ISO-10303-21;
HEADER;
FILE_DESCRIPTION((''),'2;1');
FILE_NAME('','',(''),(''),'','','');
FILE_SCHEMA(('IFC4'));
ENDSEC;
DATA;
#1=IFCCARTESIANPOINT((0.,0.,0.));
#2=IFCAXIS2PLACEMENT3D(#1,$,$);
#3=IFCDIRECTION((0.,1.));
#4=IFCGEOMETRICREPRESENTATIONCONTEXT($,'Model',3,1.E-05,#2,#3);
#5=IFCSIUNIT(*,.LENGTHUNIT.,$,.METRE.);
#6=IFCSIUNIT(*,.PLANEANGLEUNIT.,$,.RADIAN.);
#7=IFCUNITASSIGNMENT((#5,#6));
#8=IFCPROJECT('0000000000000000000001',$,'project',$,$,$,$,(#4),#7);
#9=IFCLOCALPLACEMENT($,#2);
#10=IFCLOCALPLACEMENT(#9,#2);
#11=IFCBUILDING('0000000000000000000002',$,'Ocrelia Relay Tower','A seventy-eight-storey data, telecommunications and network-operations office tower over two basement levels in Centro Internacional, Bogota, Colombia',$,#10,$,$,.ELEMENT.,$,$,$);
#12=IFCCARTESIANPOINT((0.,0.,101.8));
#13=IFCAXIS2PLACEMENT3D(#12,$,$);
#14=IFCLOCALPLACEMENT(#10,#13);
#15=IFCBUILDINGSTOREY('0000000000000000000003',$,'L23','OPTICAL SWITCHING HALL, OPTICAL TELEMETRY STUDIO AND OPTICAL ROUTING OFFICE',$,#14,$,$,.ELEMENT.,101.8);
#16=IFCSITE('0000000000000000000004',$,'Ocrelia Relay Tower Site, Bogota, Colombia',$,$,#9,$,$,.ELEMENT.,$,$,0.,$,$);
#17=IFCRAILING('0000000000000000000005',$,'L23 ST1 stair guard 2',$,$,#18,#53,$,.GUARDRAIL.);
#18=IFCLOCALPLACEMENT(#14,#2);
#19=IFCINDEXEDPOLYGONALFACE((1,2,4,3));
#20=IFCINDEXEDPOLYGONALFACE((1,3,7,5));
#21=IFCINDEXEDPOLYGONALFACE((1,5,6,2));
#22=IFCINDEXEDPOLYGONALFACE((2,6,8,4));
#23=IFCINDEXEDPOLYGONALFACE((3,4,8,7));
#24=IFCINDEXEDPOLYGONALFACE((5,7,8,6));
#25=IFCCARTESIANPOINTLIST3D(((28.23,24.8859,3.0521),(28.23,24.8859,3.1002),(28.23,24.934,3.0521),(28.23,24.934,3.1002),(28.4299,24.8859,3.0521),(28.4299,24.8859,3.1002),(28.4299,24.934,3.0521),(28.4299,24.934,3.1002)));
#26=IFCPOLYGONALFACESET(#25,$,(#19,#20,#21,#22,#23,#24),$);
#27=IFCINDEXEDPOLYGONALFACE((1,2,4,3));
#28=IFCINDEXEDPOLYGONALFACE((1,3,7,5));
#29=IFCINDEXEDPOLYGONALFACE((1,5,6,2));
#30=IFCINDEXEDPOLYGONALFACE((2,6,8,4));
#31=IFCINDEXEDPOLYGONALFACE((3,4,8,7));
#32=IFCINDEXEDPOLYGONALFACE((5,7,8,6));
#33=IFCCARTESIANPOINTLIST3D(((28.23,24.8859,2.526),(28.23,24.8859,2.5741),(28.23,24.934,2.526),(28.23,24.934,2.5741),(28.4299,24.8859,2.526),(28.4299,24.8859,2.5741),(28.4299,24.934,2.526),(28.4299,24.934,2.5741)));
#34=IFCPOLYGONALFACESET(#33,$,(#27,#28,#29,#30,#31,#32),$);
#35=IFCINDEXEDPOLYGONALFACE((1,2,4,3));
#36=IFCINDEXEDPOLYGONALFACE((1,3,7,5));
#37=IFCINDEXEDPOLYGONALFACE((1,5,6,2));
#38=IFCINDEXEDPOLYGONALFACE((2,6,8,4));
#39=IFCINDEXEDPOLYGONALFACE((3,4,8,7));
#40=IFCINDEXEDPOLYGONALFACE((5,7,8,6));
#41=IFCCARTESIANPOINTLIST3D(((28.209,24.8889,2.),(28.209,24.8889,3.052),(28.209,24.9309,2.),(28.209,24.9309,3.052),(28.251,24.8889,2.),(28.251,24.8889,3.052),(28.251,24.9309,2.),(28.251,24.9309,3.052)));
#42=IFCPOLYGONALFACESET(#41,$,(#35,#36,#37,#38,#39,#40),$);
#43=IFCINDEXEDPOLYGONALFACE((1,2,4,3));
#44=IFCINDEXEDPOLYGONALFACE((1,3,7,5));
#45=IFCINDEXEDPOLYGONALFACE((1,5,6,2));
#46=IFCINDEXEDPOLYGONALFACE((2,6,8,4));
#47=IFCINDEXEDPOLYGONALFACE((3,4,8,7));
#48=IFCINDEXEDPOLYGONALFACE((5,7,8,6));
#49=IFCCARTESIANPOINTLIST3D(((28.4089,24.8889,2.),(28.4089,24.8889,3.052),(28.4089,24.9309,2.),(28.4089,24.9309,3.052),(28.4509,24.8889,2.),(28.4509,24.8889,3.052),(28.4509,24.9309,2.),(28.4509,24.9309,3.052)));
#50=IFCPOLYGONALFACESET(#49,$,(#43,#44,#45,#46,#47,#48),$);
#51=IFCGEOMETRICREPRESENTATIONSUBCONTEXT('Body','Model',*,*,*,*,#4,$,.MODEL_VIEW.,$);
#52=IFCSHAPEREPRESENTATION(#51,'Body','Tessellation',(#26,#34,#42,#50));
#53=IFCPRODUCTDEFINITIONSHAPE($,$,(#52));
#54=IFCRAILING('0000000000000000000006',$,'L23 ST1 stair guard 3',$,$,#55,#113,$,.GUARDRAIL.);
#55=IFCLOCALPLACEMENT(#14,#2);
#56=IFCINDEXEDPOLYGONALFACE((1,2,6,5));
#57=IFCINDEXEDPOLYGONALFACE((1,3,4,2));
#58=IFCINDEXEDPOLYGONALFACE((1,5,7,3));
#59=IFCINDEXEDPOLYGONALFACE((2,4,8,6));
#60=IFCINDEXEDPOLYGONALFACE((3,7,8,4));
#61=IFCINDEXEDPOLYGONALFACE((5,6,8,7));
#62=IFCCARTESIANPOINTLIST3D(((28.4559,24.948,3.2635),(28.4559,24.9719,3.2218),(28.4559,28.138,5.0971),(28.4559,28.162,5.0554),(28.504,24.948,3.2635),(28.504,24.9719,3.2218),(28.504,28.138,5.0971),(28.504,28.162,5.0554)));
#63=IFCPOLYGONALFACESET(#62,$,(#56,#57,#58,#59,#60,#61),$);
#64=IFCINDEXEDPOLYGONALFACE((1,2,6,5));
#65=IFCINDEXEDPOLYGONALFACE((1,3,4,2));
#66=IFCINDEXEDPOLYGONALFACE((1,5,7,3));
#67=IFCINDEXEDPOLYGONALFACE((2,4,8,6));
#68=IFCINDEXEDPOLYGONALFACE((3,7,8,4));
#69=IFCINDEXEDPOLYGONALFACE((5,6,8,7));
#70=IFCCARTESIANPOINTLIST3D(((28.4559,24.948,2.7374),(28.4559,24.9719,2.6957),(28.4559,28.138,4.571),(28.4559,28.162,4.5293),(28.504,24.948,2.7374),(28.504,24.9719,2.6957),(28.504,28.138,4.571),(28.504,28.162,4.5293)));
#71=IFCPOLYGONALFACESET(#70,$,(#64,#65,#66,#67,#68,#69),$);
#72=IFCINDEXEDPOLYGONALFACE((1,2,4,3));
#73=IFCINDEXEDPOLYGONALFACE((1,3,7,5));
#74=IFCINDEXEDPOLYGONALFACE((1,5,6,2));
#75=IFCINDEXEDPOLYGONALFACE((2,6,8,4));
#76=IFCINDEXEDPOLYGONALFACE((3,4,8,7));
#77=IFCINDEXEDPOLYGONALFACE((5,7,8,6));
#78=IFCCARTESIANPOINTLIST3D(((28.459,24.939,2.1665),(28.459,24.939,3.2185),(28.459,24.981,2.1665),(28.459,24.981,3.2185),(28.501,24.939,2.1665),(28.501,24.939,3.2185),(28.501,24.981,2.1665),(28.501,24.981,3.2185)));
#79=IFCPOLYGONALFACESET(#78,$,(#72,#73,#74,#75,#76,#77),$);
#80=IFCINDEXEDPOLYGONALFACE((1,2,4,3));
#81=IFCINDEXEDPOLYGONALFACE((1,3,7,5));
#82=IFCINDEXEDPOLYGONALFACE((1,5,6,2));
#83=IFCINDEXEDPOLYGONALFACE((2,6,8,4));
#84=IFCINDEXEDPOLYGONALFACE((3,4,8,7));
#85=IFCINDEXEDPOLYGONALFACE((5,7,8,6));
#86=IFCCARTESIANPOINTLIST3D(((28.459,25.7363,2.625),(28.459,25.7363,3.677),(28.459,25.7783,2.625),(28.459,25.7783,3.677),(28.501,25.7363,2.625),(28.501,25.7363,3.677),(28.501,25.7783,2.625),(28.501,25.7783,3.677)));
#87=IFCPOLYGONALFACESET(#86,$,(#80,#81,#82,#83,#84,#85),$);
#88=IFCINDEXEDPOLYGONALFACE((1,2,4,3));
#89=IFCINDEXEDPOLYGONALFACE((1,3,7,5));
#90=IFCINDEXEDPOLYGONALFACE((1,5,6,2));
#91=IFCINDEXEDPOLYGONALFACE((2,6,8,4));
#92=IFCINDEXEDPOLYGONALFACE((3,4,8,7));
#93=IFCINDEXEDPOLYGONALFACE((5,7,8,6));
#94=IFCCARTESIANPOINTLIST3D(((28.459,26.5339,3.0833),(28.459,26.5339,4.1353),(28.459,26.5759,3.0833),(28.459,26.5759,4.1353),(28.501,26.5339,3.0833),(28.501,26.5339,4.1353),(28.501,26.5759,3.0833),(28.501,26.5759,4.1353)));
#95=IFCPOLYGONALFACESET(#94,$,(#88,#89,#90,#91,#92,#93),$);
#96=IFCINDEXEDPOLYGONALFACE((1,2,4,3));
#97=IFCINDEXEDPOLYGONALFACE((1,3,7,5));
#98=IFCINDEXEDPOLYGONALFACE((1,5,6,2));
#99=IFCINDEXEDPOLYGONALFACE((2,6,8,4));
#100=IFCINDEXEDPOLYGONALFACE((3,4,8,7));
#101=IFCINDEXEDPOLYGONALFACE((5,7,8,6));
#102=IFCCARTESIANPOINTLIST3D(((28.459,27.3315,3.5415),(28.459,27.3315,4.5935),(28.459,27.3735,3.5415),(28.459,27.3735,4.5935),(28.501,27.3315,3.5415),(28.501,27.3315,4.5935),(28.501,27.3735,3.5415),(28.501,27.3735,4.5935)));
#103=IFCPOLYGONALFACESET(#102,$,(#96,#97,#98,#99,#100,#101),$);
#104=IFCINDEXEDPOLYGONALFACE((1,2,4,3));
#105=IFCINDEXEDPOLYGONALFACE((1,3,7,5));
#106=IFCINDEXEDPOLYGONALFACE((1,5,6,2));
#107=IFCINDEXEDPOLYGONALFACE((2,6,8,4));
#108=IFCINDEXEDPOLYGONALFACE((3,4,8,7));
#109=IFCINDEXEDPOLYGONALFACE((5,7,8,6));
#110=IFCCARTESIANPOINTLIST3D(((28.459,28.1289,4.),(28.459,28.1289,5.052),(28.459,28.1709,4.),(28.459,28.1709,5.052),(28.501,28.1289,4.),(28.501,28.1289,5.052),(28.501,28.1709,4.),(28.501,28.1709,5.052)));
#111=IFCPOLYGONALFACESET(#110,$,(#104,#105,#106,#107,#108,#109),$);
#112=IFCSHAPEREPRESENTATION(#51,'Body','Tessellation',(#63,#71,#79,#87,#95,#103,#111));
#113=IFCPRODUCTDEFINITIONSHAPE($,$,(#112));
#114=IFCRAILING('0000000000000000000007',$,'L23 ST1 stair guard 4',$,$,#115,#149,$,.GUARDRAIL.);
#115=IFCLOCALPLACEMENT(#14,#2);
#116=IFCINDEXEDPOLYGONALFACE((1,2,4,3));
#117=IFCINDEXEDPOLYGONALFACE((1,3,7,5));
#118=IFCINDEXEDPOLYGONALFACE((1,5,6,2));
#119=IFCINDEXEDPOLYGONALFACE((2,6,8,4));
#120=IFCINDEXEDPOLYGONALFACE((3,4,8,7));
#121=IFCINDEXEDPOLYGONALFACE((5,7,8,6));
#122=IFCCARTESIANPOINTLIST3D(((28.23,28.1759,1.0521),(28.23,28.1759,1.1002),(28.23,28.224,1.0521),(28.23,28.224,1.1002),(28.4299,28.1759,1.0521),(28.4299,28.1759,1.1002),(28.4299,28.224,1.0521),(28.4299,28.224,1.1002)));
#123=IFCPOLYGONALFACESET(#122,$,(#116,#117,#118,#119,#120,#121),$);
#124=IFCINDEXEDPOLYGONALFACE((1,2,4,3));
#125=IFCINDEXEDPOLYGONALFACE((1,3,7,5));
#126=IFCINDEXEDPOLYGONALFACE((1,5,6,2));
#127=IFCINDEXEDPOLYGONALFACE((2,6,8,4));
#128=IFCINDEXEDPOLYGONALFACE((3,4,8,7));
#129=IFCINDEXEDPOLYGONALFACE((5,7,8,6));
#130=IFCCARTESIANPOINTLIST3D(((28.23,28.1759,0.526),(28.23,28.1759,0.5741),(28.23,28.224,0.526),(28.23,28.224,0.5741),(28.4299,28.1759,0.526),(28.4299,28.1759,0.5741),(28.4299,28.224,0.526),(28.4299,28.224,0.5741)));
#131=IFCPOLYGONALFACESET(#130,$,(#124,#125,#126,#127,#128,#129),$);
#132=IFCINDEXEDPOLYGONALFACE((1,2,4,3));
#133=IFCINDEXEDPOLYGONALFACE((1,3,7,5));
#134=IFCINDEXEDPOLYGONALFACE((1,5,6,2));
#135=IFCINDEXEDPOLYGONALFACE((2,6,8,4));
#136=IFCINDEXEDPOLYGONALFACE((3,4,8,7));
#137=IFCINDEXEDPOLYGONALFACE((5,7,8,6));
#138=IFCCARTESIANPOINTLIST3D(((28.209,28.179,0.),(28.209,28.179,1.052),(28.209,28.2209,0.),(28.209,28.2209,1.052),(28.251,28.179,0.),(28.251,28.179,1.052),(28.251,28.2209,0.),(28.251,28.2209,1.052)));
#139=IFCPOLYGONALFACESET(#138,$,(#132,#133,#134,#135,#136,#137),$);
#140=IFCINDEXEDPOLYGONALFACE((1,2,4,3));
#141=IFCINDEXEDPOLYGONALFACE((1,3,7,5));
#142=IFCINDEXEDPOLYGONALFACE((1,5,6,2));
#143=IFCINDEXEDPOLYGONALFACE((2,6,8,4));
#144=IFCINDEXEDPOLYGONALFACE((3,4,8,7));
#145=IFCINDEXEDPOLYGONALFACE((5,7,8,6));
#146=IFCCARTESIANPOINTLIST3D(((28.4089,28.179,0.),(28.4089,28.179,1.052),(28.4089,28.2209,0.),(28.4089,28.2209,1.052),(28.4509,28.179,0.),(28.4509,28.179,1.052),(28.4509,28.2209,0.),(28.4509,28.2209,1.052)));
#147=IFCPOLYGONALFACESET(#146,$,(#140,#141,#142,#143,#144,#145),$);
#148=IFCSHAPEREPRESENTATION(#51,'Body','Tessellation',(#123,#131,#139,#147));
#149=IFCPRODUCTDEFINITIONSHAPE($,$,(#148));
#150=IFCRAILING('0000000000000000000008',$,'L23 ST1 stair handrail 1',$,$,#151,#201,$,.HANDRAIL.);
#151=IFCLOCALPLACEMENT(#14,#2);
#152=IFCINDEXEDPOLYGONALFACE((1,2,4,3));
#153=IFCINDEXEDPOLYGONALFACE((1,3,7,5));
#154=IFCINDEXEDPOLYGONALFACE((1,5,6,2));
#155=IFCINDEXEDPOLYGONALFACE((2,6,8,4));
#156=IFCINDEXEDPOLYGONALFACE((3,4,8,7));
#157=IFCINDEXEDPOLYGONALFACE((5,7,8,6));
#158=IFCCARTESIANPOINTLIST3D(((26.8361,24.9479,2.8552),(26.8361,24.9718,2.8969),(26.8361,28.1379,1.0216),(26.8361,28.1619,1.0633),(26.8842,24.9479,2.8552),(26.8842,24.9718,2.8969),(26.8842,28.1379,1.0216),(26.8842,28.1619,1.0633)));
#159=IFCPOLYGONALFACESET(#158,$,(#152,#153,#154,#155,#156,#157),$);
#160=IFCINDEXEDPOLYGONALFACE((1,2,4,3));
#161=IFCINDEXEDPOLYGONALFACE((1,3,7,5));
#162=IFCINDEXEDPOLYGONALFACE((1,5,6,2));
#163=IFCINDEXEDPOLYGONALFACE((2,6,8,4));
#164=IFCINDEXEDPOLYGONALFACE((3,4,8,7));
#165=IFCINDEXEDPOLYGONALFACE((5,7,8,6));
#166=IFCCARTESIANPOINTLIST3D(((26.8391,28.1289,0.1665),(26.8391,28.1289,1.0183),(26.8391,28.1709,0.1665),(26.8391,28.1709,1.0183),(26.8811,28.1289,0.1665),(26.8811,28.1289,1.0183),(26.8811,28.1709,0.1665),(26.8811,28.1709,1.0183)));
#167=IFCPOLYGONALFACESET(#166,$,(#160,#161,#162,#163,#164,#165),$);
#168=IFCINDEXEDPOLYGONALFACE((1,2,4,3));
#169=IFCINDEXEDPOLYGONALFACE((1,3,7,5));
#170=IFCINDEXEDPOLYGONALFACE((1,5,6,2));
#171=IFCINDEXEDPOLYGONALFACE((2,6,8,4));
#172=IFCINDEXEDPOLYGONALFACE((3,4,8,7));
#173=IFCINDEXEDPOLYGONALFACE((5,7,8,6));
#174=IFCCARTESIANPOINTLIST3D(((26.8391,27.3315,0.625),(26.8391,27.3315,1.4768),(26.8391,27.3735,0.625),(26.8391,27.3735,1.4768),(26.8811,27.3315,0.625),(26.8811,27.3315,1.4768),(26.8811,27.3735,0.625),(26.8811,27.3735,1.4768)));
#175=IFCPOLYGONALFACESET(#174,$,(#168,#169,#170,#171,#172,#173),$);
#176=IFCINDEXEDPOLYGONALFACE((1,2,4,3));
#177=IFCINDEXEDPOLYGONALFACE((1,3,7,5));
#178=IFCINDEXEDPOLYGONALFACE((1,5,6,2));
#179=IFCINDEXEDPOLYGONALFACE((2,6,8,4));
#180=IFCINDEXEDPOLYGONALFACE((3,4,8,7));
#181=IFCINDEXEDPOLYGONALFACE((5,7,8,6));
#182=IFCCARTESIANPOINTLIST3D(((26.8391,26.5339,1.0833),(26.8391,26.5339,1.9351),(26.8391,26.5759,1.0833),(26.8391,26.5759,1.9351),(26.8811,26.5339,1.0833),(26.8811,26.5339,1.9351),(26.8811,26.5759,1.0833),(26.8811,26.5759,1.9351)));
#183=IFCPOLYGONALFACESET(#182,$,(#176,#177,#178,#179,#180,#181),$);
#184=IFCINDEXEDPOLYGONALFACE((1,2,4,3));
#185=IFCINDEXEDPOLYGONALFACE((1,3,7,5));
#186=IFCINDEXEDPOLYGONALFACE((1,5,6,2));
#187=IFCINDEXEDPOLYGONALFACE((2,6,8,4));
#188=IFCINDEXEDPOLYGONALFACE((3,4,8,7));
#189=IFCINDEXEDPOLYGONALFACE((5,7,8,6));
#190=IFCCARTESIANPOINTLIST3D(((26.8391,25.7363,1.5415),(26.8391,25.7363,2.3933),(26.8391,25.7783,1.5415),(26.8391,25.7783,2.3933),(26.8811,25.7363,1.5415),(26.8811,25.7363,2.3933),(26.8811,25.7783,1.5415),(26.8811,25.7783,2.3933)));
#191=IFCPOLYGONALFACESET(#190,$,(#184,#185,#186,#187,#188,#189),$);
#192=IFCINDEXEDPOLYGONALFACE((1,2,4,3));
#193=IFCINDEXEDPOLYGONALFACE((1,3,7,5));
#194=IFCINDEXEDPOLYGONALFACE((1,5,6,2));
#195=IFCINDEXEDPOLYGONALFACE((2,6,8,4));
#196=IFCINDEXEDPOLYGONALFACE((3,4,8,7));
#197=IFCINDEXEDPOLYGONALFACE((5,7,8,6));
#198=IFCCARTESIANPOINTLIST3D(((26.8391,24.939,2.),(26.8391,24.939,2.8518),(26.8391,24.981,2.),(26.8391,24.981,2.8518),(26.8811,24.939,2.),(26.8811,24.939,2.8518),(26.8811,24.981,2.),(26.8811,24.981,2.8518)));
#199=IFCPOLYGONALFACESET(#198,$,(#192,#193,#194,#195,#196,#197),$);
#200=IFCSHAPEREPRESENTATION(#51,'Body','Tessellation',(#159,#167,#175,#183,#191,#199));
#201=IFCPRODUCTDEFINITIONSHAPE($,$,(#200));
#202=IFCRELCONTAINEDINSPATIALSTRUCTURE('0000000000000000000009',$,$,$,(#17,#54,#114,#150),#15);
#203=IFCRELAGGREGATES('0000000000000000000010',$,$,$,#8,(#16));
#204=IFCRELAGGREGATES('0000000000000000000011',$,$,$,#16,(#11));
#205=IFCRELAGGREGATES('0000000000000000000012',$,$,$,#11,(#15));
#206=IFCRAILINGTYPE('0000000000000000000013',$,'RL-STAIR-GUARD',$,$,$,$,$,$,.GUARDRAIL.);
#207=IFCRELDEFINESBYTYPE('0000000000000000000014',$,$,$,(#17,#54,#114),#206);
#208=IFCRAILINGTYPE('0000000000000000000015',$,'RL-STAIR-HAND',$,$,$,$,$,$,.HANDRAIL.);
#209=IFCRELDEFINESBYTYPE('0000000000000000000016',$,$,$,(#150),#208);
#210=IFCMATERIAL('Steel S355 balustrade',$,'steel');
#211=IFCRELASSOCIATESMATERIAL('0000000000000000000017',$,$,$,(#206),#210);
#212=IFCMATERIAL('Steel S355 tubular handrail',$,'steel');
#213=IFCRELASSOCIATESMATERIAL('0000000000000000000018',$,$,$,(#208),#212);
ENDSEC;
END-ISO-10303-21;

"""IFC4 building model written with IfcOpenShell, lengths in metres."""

from ifc_helpers import new_model, si_unit, direction, frame, origin, origin_2d, place, context, subcontext, project, spatial, rectangle, extrude, material, type_object, element, save


model = new_model("IFC4")

# Units and contexts
model_context = context("Model", 3, precision=1e-05, world=origin(), true_north=direction((0.0, 1.0)))
body_context = subcontext(model_context, "Body", "Model", "MODEL_VIEW")
ifc_project = project(units=[si_unit("LENGTHUNIT", "METRE"), si_unit("PLANEANGLEUNIT", "RADIAN")], contexts=[model_context])

# Site, building, storey
site_placement = place(None, origin())
site = spatial("IfcSite", under=ifc_project, at=site_placement, Name="Ocrelia Relay Tower Site, Bogota, Colombia", CompositionType="ELEMENT", RefElevation=0.0)
building_placement = place(site_placement, origin())
building = spatial("IfcBuilding", under=site, at=building_placement, Name="Ocrelia Relay Tower", Description="A seventy-eight-storey data, telecommunications and network-operations office tower over two basement levels in Centro Internacional, Bogota, Colombia", CompositionType="ELEMENT")
storey_placement = place(building_placement, frame((0.0, 0.0, 101.8)))
storey = spatial("IfcBuildingStorey", under=building, at=storey_placement, Name="L23", Description="OPTICAL SWITCHING HALL, OPTICAL TELEMETRY STUDIO AND OPTICAL ROUTING OFFICE", CompositionType="ELEMENT", Elevation=101.8)

# Railings
ifc_material_1 = material(Name="Steel S355 balustrade", Category="steel")
railing_type_1 = type_object("IfcRailingType", Name="RL-STAIR-GUARD", PredefinedType="GUARDRAIL", material=ifc_material_1)
railing_1_placement = place(storey_placement, frame((28.23, 24.9099, 2.0)))
element("IfcRailing", 1, at=railing_1_placement, inside=storey, type_object=railing_type_1, Name="L23 ST1 stair guard 2", PredefinedType="GUARDRAIL", context=body_context, shape_type="SweptSolid", body=[
    extrude(rectangle(XDim=0.0481, YDim=0.0481, at=origin_2d()), frame((0.0, 0.0, 1.0762), z_axis=(1.0, 0.0, 0.0), x_axis=(0.0, 1.0, 0.0)), (0.0, 0.0, 1.0), 0.2),
    extrude(rectangle(XDim=0.0481, YDim=0.0481, at=origin_2d()), frame((0.0, 0.0, 0.55), z_axis=(1.0, 0.0, 0.0), x_axis=(0.0, 1.0, 0.0)), (0.0, 0.0, 1.0), 0.2),
    extrude(rectangle(XDim=0.042, YDim=0.042, at=origin_2d()), origin(), (0.0, 0.0, 1.0), 1.052),
    extrude(rectangle(XDim=0.042, YDim=0.042, at=origin_2d()), frame((0.2, 0.0, 0.0)), (0.0, 0.0, 1.0), 1.052),
])
railing_2_placement = place(storey_placement, frame((28.48, 24.96, 2.1665)))
element("IfcRailing", 2, at=railing_2_placement, inside=storey, type_object=railing_type_1, Name="L23 ST1 stair guard 3", PredefinedType="GUARDRAIL", context=body_context, shape_type="SweptSolid", body=[
    extrude(rectangle(XDim=0.0481, YDim=0.0481, at=origin_2d()), frame((0.0, 0.0, 1.0762), z_axis=(0.0, 0.866991, 0.498324), x_axis=(-1.0, 0.0, 0.0)), (0.0, 0.0, 1.0), 3.6794),
    extrude(rectangle(XDim=0.0481, YDim=0.0481, at=origin_2d()), frame((0.0, 0.0, 0.55), z_axis=(0.0, 0.866991, 0.498324), x_axis=(-1.0, 0.0, 0.0)), (0.0, 0.0, 1.0), 3.6794),
    extrude(rectangle(XDim=0.042, YDim=0.042, at=origin_2d()), origin(), (0.0, 0.0, 1.0), 1.052),
    extrude(rectangle(XDim=0.042, YDim=0.042, at=origin_2d()), frame((0.0, 0.7974, 0.4585)), (0.0, 0.0, 1.0), 1.052),
    extrude(rectangle(XDim=0.042, YDim=0.042, at=origin_2d()), frame((0.0, 1.595, 0.9167)), (0.0, 0.0, 1.0), 1.052),
    extrude(rectangle(XDim=0.042, YDim=0.042, at=origin_2d()), frame((0.0, 2.3926, 1.375)), (0.0, 0.0, 1.0), 1.052),
    extrude(rectangle(XDim=0.042, YDim=0.042, at=origin_2d()), frame((0.0, 3.1899, 1.8335)), (0.0, 0.0, 1.0), 1.052),
])
railing_3_placement = place(storey_placement, frame((28.23, 28.2, 0.0)))
element("IfcRailing", 3, at=railing_3_placement, inside=storey, type_object=railing_type_1, Name="L23 ST1 stair guard 4", PredefinedType="GUARDRAIL", context=body_context, shape_type="SweptSolid", body=[
    extrude(rectangle(XDim=0.0481, YDim=0.0481, at=origin_2d()), frame((0.0, 0.0, 1.0762), z_axis=(1.0, 0.0, 0.0), x_axis=(0.0, 1.0, 0.0)), (0.0, 0.0, 1.0), 0.2),
    extrude(rectangle(XDim=0.0481, YDim=0.0481, at=origin_2d()), frame((0.0, 0.0, 0.55), z_axis=(1.0, 0.0, 0.0), x_axis=(0.0, 1.0, 0.0)), (0.0, 0.0, 1.0), 0.2),
    extrude(rectangle(XDim=0.042, YDim=0.042, at=origin_2d()), origin(), (0.0, 0.0, 1.0), 1.052),
    extrude(rectangle(XDim=0.042, YDim=0.042, at=origin_2d()), frame((0.2, 0.0, 0.0)), (0.0, 0.0, 1.0), 1.052),
])
ifc_material_2 = material(Name="Steel S355 tubular handrail", Category="steel")
railing_type_2 = type_object("IfcRailingType", Name="RL-STAIR-HAND", PredefinedType="HANDRAIL", material=ifc_material_2)
railing_4_placement = place(storey_placement, frame((26.8601, 28.1499, 0.1665)))
element("IfcRailing", 4, at=railing_4_placement, inside=storey, type_object=railing_type_2, Name="L23 ST1 stair handrail 1", PredefinedType="HANDRAIL", context=body_context, shape_type="SweptSolid", body=[
    extrude(rectangle(XDim=0.0481, YDim=0.0481, at=origin_2d()), frame((0.0, 0.0, 0.876), z_axis=(0.0, -0.866991, 0.498324), x_axis=(1.0, 0.0, 0.0)), (0.0, 0.0, 1.0), 3.6794),
    extrude(rectangle(XDim=0.042, YDim=0.042, at=origin_2d()), origin(), (0.0, 0.0, 1.0), 0.8518),
    extrude(rectangle(XDim=0.042, YDim=0.042, at=origin_2d()), frame((0.0, -0.7974, 0.4585)), (0.0, 0.0, 1.0), 0.8518),
    extrude(rectangle(XDim=0.042, YDim=0.042, at=origin_2d()), frame((0.0, -1.595, 0.9167)), (0.0, 0.0, 1.0), 0.8518),
    extrude(rectangle(XDim=0.042, YDim=0.042, at=origin_2d()), frame((0.0, -2.3926, 1.375)), (0.0, 0.0, 1.0), 0.8518),
    extrude(rectangle(XDim=0.042, YDim=0.042, at=origin_2d()), frame((0.0, -3.1899, 1.8335)), (0.0, 0.0, 1.0), 0.8518),
])

save(model, "model.ifc")
